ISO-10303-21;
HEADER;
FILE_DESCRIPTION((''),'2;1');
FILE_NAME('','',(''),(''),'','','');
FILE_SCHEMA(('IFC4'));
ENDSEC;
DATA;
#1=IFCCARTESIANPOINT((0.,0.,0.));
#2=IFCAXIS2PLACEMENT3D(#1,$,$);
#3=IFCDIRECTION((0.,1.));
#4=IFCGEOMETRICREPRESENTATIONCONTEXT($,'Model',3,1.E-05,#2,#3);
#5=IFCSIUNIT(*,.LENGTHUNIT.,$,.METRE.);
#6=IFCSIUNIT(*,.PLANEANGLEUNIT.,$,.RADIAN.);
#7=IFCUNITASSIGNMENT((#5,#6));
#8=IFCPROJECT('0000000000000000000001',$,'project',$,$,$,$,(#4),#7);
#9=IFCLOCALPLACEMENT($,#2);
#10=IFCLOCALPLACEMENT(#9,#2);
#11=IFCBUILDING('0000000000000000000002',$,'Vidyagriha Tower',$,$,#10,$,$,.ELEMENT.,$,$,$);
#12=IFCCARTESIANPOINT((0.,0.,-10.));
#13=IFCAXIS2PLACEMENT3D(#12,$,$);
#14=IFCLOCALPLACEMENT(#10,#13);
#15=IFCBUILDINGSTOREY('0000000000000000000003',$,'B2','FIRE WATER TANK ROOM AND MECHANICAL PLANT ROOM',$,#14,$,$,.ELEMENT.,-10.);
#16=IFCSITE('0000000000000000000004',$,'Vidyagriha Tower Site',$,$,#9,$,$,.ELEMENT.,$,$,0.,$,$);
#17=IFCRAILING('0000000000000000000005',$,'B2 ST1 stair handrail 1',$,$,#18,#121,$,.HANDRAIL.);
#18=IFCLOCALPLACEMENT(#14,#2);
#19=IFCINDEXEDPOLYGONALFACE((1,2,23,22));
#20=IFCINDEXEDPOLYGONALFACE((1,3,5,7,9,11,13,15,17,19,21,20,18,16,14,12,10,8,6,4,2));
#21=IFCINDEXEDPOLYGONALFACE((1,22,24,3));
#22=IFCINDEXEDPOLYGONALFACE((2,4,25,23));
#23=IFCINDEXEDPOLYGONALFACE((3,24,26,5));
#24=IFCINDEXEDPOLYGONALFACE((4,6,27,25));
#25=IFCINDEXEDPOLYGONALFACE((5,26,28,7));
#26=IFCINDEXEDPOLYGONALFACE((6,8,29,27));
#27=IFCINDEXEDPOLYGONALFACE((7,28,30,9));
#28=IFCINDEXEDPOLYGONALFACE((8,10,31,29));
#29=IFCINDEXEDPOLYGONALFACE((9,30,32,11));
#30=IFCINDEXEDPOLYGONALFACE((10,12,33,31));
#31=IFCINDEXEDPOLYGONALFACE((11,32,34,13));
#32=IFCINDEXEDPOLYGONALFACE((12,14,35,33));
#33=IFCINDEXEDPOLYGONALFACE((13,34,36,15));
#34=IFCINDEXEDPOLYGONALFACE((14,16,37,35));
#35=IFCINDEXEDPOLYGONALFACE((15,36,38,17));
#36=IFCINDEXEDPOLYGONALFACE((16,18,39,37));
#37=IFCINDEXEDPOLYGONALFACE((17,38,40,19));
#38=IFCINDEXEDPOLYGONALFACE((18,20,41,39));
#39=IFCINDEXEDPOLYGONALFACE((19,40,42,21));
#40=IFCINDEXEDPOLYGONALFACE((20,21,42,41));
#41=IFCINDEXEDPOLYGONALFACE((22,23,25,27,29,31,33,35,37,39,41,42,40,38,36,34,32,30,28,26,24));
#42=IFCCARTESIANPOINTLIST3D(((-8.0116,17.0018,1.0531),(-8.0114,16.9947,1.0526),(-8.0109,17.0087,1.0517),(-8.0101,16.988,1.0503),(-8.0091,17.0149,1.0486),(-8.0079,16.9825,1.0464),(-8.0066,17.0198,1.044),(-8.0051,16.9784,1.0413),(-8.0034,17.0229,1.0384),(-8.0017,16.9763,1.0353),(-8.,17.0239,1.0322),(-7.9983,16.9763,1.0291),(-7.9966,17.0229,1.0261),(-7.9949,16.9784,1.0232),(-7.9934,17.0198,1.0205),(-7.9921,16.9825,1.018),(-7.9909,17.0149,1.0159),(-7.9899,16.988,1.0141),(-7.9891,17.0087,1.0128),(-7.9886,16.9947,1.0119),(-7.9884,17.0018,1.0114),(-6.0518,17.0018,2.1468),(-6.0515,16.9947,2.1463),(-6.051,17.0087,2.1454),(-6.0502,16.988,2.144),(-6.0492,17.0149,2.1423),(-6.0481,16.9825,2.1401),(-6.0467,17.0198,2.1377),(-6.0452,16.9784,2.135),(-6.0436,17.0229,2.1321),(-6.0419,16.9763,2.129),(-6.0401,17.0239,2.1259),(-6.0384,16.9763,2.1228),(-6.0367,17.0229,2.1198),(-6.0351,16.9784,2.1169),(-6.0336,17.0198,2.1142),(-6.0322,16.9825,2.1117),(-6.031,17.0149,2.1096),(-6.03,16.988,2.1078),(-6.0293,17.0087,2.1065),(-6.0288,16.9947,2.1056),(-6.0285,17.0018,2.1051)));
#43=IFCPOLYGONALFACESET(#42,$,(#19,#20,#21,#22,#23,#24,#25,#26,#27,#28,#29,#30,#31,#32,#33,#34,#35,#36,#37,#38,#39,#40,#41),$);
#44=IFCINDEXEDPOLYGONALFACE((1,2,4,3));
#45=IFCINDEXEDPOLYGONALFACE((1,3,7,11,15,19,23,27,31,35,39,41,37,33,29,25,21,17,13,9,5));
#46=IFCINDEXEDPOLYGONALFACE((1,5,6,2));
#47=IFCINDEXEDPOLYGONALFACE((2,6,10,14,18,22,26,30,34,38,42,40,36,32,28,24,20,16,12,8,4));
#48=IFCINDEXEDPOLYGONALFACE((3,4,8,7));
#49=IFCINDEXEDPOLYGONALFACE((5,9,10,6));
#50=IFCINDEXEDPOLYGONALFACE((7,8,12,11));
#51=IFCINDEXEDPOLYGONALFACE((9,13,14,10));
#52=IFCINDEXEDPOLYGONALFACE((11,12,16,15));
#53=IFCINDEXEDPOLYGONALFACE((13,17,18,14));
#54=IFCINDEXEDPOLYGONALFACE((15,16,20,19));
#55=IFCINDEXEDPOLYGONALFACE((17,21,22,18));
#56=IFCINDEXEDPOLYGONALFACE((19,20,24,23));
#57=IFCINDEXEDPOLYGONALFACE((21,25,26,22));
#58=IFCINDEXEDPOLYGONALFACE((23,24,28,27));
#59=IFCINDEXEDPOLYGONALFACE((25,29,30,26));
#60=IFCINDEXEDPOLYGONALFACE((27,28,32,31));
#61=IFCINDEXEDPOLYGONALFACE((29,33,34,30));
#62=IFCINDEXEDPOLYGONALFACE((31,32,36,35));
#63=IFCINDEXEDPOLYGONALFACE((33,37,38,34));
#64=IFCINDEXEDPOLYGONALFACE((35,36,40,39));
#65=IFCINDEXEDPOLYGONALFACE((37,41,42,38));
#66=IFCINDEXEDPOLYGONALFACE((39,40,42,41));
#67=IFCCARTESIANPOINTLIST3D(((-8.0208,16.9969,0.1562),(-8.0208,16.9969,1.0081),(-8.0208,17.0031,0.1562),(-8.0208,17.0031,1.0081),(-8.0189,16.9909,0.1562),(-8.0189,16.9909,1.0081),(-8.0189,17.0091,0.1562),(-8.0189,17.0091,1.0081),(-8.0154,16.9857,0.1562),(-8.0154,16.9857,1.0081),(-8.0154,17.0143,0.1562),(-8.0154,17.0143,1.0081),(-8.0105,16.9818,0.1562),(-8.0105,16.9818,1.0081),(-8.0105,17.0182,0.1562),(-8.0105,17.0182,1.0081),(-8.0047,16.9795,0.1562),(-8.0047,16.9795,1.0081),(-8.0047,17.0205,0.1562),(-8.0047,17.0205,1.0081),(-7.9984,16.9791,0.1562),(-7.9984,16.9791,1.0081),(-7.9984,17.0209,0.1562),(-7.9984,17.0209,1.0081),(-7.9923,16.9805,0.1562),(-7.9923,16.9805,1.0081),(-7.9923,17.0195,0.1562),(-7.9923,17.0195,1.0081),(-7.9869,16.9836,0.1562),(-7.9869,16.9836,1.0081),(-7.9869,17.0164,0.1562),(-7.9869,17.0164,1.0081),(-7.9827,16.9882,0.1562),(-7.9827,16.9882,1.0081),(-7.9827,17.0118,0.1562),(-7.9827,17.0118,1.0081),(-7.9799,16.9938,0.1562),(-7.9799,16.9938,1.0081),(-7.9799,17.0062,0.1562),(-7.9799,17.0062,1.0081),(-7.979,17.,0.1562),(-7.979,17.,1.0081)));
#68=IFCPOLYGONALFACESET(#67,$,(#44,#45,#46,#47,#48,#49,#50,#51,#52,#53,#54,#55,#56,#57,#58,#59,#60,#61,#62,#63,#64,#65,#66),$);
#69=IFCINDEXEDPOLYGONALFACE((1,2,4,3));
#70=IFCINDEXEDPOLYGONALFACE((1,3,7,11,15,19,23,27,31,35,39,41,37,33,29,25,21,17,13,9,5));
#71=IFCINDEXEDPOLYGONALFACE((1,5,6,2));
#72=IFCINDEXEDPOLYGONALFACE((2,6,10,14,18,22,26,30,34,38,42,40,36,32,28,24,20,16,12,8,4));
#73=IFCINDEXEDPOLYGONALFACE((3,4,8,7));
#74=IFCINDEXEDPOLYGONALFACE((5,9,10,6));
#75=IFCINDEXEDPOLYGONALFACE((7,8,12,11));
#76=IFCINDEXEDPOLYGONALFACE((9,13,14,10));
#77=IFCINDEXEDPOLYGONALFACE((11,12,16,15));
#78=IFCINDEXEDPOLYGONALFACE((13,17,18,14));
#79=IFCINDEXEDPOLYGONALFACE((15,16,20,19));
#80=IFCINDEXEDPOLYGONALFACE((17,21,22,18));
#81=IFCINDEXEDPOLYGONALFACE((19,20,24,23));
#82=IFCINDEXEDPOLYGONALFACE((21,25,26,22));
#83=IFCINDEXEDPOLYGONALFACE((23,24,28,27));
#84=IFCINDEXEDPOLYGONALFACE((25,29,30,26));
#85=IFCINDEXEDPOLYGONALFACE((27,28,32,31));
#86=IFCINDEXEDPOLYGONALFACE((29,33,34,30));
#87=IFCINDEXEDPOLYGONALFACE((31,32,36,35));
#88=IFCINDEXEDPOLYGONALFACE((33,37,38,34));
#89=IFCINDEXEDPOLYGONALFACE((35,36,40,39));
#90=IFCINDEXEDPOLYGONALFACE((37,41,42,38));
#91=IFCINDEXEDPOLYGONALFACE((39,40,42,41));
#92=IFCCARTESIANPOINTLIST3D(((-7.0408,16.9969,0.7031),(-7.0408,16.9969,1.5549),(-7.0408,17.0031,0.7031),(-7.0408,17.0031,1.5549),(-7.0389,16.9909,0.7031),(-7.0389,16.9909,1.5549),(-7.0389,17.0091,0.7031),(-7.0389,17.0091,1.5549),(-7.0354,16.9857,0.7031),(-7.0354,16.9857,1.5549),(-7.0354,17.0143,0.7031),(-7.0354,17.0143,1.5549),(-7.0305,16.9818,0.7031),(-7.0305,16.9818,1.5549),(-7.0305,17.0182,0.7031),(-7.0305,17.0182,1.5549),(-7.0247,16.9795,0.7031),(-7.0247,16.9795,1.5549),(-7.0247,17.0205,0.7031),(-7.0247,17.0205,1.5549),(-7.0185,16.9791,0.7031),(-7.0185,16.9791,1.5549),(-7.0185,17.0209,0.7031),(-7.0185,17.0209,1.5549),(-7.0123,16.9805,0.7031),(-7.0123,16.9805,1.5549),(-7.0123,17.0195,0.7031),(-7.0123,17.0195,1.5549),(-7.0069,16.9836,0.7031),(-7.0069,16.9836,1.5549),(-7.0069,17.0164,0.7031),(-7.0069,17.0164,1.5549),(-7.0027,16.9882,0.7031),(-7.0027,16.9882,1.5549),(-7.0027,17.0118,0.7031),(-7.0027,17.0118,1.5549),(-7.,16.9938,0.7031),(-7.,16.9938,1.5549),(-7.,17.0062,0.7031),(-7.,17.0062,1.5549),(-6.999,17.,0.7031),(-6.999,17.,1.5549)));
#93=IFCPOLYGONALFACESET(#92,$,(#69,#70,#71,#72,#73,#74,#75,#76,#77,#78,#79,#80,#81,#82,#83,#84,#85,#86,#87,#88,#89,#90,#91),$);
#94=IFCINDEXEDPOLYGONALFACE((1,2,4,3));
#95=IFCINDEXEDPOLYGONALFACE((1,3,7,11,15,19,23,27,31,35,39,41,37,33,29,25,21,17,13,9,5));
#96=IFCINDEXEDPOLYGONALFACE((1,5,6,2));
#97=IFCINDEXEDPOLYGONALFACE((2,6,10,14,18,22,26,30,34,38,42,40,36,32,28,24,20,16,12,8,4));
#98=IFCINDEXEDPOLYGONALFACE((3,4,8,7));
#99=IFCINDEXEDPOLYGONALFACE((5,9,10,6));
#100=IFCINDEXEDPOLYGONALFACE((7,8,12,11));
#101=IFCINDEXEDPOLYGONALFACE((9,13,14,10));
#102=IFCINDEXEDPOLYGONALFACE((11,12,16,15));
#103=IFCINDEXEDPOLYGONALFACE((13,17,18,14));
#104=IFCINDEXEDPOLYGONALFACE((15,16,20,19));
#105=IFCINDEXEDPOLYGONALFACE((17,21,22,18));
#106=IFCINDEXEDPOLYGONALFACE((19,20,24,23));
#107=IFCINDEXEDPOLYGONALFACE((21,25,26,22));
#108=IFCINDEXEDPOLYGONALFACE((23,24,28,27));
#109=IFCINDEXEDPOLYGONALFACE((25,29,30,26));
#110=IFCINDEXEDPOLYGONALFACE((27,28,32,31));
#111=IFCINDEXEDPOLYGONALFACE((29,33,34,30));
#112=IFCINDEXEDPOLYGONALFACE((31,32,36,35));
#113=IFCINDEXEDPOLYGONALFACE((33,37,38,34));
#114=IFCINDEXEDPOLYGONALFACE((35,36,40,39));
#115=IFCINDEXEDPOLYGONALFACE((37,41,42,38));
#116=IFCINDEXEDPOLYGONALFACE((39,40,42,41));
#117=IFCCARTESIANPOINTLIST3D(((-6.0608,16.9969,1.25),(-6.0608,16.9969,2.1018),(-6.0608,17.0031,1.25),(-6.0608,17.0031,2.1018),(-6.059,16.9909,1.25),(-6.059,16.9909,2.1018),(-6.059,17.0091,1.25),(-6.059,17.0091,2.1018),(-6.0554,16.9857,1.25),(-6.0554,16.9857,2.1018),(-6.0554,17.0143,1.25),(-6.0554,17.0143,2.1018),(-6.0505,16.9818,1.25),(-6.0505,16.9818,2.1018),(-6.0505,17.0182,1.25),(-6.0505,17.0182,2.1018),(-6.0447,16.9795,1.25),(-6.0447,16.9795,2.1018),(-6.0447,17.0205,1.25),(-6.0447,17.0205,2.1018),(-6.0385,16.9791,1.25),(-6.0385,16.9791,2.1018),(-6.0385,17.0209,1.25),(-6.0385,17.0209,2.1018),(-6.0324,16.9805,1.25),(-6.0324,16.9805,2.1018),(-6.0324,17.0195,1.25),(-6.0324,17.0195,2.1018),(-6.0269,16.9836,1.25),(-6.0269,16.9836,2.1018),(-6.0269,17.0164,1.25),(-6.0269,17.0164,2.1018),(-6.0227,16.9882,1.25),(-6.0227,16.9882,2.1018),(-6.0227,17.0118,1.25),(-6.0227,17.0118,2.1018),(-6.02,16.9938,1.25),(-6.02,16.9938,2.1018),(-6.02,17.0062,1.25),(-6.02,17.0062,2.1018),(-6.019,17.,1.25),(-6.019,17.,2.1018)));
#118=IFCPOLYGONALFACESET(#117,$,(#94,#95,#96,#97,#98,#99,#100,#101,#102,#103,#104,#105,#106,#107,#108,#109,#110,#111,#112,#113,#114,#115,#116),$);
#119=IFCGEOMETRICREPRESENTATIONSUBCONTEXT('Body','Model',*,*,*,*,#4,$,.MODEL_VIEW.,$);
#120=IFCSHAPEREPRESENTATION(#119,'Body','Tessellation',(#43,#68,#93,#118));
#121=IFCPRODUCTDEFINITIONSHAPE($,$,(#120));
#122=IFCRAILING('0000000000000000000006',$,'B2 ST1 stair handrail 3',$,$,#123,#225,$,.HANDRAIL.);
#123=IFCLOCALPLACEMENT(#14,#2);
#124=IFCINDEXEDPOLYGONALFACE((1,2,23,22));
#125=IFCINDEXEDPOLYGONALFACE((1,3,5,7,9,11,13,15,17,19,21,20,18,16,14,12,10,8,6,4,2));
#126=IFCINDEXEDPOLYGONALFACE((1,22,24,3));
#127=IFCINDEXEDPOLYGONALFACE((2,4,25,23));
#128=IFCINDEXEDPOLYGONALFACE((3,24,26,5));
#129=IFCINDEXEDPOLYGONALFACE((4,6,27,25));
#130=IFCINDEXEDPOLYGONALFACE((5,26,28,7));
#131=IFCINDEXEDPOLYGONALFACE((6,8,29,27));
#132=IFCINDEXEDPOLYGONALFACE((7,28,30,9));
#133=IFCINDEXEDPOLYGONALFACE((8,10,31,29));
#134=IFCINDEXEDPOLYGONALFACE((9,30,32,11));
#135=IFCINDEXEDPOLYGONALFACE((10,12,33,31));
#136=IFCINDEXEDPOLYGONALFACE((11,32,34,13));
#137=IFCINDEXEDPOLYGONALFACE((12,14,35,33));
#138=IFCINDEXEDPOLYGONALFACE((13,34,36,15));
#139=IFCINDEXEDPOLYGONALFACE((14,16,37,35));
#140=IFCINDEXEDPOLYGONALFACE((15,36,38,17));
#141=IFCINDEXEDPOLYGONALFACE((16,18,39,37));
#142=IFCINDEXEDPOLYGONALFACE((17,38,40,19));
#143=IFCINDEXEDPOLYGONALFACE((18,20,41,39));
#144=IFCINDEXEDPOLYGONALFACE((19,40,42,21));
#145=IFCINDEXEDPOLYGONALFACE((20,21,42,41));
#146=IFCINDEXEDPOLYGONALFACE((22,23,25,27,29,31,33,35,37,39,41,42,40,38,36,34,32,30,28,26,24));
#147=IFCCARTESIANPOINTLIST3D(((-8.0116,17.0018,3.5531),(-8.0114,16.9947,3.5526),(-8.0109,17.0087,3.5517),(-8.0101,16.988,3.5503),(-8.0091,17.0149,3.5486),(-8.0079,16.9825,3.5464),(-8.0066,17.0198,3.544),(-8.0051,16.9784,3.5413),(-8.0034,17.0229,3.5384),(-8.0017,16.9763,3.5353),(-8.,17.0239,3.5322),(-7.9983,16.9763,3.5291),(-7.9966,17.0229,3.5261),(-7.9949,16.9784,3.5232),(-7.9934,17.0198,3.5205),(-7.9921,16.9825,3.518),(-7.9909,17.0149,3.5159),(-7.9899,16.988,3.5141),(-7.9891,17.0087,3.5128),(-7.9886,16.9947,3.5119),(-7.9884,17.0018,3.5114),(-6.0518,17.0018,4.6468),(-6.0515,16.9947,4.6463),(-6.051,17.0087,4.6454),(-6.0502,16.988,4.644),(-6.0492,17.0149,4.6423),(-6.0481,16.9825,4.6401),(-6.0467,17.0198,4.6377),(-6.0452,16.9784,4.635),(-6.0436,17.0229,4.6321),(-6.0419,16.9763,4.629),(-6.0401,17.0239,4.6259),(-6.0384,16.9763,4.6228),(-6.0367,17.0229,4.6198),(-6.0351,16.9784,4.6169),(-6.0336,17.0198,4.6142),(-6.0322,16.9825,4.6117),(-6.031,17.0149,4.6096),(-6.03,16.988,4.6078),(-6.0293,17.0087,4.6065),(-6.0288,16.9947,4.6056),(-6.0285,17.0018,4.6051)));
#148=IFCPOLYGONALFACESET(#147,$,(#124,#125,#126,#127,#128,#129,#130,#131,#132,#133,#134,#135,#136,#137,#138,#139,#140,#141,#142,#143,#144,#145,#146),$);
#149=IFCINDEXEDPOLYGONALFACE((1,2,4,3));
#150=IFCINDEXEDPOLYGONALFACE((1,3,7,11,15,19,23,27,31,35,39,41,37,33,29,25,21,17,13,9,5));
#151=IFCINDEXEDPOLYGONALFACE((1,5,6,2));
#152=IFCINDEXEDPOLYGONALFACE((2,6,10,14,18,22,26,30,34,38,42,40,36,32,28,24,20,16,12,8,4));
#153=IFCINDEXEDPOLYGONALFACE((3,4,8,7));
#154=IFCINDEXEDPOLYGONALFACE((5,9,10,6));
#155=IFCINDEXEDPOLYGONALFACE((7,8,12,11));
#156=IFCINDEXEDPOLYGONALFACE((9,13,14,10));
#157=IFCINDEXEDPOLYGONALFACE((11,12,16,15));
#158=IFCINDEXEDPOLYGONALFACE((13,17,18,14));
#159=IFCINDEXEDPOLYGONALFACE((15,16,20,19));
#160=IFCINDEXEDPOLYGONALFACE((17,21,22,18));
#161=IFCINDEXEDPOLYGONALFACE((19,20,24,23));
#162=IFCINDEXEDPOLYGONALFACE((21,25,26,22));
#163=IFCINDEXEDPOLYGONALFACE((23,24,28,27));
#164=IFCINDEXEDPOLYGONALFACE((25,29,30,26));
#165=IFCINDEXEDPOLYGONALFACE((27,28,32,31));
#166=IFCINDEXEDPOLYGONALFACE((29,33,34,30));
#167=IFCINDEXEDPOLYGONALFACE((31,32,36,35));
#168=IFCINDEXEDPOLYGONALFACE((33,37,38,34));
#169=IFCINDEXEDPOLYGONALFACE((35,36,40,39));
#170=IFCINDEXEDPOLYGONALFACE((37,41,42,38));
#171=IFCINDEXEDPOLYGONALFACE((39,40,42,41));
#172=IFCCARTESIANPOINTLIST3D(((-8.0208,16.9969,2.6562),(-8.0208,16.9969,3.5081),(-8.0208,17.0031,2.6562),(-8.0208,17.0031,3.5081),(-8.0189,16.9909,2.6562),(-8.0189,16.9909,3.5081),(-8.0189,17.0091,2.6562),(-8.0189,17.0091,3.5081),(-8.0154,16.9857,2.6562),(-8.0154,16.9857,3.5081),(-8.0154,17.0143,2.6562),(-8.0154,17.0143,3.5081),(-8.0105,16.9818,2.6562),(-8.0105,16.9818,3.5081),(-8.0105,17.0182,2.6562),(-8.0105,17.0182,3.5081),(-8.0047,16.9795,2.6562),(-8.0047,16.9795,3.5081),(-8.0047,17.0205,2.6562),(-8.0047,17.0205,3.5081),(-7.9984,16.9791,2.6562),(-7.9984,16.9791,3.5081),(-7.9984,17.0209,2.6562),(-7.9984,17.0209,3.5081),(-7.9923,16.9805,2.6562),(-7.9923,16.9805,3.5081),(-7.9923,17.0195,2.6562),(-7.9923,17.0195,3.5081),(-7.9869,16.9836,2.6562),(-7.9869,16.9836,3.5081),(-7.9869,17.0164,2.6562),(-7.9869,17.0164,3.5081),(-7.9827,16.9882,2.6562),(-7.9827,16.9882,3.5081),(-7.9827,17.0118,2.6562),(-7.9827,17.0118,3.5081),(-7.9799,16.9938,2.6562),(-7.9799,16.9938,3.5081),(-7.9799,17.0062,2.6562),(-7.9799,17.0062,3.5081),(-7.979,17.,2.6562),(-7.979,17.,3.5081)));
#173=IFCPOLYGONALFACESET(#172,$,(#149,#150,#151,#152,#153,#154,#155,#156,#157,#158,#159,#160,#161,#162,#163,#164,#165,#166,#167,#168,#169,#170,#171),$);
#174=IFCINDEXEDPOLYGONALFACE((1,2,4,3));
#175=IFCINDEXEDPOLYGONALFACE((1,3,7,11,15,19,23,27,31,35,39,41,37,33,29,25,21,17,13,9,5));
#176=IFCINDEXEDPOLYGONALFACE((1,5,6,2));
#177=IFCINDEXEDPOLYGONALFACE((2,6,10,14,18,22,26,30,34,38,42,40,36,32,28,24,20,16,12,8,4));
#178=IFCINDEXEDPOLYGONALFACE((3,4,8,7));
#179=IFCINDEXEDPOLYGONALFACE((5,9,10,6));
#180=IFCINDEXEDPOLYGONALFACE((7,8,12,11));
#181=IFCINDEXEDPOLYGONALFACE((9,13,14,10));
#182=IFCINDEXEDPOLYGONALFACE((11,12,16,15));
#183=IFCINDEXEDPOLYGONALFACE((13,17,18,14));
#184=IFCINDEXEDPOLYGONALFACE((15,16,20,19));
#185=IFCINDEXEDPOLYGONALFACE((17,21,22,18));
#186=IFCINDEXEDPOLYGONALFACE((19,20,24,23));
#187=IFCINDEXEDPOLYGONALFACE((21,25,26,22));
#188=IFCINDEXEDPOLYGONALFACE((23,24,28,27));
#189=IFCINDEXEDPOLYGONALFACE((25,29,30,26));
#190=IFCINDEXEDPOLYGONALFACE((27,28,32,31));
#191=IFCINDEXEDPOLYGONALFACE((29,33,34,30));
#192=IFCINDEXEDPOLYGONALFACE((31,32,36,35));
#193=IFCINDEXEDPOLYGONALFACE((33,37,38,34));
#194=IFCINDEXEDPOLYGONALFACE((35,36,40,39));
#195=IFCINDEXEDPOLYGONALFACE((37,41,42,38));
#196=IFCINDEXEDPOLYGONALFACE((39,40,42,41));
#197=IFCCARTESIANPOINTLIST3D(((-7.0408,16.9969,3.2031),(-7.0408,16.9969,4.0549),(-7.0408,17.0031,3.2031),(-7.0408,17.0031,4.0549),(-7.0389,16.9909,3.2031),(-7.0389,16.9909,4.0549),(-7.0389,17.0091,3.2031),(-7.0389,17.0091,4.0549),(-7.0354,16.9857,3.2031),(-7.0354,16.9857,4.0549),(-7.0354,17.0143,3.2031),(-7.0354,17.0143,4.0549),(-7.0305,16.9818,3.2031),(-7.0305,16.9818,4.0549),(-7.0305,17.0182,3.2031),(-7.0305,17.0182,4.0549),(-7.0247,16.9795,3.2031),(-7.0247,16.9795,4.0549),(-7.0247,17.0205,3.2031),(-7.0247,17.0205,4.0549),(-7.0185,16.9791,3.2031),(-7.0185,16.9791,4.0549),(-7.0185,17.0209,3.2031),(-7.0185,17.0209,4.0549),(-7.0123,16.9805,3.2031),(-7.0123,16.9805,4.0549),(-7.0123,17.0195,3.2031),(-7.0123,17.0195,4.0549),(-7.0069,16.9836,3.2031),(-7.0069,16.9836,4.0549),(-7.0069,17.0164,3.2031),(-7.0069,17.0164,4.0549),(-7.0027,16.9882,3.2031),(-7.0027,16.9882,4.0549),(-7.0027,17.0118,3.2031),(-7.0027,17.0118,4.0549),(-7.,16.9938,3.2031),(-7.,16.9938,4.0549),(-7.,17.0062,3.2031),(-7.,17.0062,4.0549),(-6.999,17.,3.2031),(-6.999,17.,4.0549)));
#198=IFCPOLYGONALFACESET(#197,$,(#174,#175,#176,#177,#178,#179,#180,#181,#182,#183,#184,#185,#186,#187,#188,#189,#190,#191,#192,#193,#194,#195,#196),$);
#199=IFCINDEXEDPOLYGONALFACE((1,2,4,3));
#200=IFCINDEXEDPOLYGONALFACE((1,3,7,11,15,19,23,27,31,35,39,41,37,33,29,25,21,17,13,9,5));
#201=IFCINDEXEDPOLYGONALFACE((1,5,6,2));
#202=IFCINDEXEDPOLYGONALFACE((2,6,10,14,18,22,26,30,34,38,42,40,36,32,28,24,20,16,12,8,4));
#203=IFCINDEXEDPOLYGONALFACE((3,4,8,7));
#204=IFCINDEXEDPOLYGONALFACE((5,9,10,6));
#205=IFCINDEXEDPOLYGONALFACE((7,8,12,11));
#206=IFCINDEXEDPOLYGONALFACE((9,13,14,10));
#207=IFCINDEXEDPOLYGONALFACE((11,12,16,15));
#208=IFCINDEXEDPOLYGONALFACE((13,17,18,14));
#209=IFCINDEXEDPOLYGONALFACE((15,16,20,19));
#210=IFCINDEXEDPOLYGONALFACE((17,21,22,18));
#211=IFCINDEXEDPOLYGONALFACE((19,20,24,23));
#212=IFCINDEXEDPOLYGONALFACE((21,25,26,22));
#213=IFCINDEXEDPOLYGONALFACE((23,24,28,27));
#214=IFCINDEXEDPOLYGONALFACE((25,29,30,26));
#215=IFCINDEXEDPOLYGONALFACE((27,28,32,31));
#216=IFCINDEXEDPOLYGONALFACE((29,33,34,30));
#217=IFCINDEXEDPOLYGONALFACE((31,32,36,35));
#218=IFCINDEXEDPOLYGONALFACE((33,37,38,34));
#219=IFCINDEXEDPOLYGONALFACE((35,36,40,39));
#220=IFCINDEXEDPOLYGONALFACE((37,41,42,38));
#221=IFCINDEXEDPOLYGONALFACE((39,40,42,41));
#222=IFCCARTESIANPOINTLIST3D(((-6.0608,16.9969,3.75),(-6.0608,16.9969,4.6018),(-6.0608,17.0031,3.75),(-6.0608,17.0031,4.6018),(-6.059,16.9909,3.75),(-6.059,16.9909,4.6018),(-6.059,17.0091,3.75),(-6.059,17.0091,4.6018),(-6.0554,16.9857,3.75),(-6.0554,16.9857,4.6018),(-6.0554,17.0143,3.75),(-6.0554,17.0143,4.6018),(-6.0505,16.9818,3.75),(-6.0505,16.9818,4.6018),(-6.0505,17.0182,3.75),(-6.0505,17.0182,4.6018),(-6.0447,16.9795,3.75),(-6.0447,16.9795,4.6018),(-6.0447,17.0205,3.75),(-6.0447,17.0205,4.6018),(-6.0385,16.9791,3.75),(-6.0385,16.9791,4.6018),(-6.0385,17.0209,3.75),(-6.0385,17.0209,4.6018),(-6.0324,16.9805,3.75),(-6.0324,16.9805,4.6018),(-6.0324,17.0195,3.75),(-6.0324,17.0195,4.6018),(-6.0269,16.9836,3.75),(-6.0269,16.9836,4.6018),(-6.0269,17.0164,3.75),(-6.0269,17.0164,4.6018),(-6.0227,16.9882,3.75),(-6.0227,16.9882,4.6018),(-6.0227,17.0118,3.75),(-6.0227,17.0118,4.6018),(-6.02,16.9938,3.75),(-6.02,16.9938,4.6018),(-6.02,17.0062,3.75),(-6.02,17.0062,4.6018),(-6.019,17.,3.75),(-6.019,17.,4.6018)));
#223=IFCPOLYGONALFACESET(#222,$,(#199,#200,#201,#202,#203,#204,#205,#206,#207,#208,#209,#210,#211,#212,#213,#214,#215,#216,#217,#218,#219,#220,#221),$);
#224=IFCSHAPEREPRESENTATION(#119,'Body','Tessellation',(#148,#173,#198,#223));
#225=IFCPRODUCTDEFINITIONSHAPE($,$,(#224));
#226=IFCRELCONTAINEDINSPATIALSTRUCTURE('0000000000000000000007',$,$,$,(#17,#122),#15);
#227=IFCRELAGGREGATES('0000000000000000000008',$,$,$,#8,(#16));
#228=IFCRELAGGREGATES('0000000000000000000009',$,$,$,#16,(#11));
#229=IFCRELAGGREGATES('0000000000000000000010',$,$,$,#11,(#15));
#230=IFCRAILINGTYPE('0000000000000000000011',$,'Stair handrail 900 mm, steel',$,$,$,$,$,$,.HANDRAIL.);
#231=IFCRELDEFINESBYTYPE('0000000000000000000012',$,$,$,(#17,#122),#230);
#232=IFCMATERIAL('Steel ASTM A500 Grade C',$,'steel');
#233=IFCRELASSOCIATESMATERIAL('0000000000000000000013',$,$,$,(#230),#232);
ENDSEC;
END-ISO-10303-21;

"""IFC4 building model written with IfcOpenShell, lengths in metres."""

from ifc_helpers import new_model, si_unit, direction, frame, origin, origin_2d, place, context, subcontext, project, spatial, circle, extrude, material, type_object, element, save


model = new_model("IFC4")

# Units and contexts
model_context = context("Model", 3, precision=1e-05, world=origin(), true_north=direction((0.0, 1.0)))
body_context = subcontext(model_context, "Body", "Model", "MODEL_VIEW")
ifc_project = project(units=[si_unit("LENGTHUNIT", "METRE"), si_unit("PLANEANGLEUNIT", "RADIAN")], contexts=[model_context])

# Site, building, storey
site_placement = place(None, origin())
site = spatial("IfcSite", under=ifc_project, at=site_placement, Name="Vidyagriha Tower Site", CompositionType="ELEMENT", RefElevation=0.0)
building_placement = place(site_placement, origin())
building = spatial("IfcBuilding", under=site, at=building_placement, Name="Vidyagriha Tower", CompositionType="ELEMENT")
storey_placement = place(building_placement, frame((0.0, 0.0, -10.0)))
storey = spatial("IfcBuildingStorey", under=building, at=storey_placement, Name="B2", Description="FIRE WATER TANK ROOM AND MECHANICAL PLANT ROOM", CompositionType="ELEMENT", Elevation=-10.0)

# Railings
ifc_material_1 = material(Name="Steel ASTM A500 Grade C", Category="steel")
railing_type = type_object("IfcRailingType", Name="Stair handrail 900 mm, steel", PredefinedType="HANDRAIL", material=ifc_material_1)
for number, where, name in (
    (1, (-8.0, 17.0, 0.1562), "B2 ST1 stair handrail 1"),
    (2, (-8.0, 17.0, 2.6562), "B2 ST1 stair handrail 3"),
):
    element("IfcRailing", number, at=place(storey_placement, frame(where)), inside=storey, type_object=railing_type, Name=name, PredefinedType="HANDRAIL", context=body_context, shape_type="SweptSolid", body=[
        extrude(circle(Radius=0.0239, at=origin_2d()), frame((0.0, 0.0, 0.876), z_axis=(0.873232, 0.0, 0.487304), x_axis=(0.0, 1.0, 0.0)), (0.0, 0.0, 1.0), 2.2444),
        extrude(circle(Radius=0.021, at=origin_2d()), origin(), (0.0, 0.0, 1.0), 0.8518),
        extrude(circle(Radius=0.021, at=origin_2d()), frame((0.98, 0.0, 0.5469)), (0.0, 0.0, 1.0), 0.8518),
        extrude(circle(Radius=0.021, at=origin_2d()), frame((1.96, 0.0, 1.0938)), (0.0, 0.0, 1.0), 0.8518),
    ])

save(model, "model.ifc")
